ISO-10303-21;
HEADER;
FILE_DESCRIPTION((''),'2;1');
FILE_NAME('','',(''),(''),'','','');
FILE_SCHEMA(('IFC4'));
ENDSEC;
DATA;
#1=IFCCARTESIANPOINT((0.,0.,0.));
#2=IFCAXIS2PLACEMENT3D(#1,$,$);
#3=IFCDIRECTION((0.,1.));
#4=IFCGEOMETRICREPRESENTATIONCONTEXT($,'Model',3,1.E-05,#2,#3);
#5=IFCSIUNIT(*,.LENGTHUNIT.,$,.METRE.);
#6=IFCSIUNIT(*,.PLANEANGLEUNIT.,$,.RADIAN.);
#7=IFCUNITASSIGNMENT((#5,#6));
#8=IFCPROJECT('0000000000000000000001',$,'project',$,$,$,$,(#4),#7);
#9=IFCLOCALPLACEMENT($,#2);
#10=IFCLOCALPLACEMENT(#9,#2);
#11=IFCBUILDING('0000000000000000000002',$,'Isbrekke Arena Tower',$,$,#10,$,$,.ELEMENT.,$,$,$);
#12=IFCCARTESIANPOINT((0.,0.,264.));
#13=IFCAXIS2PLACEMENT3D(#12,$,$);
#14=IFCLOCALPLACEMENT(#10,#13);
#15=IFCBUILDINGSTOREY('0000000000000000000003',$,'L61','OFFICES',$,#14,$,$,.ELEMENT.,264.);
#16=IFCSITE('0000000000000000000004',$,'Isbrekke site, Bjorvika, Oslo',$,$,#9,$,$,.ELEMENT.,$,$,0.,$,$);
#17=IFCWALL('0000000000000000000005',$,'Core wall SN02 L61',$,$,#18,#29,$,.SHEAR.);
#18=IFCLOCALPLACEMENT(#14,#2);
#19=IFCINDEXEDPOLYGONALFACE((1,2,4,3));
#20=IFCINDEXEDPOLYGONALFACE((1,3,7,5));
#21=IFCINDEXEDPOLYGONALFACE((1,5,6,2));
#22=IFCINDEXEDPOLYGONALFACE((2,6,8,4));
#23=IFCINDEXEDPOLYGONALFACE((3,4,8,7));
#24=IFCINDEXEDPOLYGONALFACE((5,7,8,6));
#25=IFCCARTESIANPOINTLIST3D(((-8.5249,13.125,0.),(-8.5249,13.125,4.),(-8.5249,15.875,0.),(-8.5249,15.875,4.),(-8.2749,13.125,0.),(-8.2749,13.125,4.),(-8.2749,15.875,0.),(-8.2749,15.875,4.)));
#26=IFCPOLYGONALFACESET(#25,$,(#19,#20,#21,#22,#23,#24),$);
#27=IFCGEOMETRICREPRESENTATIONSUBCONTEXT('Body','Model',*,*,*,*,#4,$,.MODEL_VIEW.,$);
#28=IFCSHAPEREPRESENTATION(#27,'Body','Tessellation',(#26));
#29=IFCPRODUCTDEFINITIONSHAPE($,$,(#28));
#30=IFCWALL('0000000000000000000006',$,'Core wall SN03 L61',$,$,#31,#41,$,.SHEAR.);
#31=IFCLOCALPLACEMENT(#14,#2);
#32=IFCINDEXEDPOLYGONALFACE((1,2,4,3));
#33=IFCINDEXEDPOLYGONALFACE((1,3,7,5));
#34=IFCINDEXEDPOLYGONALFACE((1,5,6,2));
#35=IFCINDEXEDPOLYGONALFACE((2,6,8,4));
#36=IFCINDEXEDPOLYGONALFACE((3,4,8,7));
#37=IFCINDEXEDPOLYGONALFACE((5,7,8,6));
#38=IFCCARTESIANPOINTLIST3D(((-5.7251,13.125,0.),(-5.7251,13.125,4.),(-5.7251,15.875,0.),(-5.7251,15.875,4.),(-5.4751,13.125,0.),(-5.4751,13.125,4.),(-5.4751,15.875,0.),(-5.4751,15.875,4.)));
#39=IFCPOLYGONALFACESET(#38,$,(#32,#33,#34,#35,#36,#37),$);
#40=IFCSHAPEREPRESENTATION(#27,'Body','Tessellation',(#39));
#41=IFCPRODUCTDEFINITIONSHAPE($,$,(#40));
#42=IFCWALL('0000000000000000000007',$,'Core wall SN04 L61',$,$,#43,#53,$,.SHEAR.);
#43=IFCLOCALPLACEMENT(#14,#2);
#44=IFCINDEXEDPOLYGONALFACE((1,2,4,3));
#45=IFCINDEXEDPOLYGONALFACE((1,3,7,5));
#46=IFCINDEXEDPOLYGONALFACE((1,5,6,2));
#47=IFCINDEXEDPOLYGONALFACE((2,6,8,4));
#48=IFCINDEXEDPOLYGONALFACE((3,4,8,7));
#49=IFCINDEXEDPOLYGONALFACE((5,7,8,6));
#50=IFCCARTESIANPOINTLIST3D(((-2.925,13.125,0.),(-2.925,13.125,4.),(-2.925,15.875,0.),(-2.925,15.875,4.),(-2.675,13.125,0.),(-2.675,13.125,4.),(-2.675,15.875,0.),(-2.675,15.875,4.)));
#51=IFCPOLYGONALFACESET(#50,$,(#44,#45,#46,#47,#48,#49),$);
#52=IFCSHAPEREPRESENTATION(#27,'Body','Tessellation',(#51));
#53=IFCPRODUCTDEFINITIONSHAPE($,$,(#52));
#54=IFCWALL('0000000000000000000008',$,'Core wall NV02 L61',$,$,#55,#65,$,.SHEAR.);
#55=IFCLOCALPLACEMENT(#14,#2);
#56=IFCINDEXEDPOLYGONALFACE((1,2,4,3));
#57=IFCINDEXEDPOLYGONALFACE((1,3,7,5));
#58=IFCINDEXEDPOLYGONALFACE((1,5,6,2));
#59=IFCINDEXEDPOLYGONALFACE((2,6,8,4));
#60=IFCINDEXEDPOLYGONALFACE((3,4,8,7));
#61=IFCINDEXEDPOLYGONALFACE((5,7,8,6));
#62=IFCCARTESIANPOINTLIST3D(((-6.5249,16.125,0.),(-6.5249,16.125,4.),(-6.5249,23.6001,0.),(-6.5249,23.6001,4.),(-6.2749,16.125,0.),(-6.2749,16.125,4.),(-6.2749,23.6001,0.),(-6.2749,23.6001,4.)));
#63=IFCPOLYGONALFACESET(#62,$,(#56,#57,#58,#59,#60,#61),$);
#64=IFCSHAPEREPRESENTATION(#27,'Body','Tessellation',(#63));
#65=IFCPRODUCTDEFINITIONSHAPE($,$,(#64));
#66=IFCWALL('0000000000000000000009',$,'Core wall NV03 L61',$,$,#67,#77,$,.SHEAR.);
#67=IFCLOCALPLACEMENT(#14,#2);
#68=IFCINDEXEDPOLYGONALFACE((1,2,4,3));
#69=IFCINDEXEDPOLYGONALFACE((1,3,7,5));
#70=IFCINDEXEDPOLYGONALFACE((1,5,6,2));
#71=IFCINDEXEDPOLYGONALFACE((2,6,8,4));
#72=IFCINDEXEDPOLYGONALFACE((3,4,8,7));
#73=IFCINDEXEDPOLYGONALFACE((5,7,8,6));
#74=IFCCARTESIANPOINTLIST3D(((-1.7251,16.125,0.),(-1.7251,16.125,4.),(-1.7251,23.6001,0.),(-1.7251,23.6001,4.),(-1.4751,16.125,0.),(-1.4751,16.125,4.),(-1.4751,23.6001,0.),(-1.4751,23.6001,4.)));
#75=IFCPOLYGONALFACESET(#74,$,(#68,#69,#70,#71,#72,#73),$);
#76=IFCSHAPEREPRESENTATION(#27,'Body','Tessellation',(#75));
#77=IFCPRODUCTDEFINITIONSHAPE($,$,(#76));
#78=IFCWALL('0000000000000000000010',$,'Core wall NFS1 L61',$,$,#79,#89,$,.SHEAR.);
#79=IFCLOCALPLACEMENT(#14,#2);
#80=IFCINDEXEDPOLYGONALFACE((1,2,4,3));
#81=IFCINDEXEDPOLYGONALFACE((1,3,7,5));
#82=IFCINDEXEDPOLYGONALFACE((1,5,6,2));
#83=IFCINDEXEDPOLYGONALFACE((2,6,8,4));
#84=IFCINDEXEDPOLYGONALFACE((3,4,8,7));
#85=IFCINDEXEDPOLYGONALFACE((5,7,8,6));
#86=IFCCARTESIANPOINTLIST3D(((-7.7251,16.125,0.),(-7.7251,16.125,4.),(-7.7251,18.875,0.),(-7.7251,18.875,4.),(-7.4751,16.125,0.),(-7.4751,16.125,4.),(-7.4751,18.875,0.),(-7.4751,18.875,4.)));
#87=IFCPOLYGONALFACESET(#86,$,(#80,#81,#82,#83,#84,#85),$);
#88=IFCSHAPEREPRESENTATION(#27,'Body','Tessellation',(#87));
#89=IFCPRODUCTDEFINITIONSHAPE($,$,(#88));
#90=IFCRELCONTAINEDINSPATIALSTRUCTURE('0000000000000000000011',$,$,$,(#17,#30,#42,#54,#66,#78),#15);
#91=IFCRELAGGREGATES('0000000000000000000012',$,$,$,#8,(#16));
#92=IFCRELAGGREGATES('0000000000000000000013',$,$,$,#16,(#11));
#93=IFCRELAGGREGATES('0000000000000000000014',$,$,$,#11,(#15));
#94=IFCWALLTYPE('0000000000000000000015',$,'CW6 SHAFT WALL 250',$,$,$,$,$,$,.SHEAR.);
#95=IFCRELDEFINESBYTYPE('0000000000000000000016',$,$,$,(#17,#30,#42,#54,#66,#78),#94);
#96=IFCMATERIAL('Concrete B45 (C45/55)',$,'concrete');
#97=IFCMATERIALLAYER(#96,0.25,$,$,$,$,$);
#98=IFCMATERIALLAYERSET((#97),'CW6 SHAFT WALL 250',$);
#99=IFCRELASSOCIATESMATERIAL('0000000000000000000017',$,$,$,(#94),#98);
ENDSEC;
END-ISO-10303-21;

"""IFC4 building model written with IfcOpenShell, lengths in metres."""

from ifc_helpers import new_model, si_unit, direction, frame, frame_2d, origin, place, context, subcontext, project, spatial, rectangle, extrude, material, layer, layer_set, type_object, element, save


model = new_model("IFC4")

# Units and contexts
model_context = context("Model", 3, precision=1e-05, world=origin(), true_north=direction((0.0, 1.0)))
body_context = subcontext(model_context, "Body", "Model", "MODEL_VIEW")
ifc_project = project(units=[si_unit("LENGTHUNIT", "METRE"), si_unit("PLANEANGLEUNIT", "RADIAN")], contexts=[model_context])

# Site, building, storey
site_placement = place(None, origin())
site = spatial("IfcSite", under=ifc_project, at=site_placement, Name="Isbrekke site, Bjorvika, Oslo", CompositionType="ELEMENT", RefElevation=0.0)
building_placement = place(site_placement, origin())
building = spatial("IfcBuilding", under=site, at=building_placement, Name="Isbrekke Arena Tower", CompositionType="ELEMENT")
storey_placement = place(building_placement, frame((0.0, 0.0, 264.0)))
storey = spatial("IfcBuildingStorey", under=building, at=storey_placement, Name="L61", Description="OFFICES", CompositionType="ELEMENT", Elevation=264.0)

# Walls
ifc_material = material(Name="Concrete B45 (C45/55)", Category="concrete")
ifc_layer = layer(ifc_material, 0.25)
ifc_layer_set = layer_set([ifc_layer], Name="CW6 SHAFT WALL 250")
wall_type = type_object("IfcWallType", Name="CW6 SHAFT WALL 250", PredefinedType="SHEAR", material=ifc_layer_set)
for number, where, z_axis, x_axis, name in (
    (1, (-8.3999, 13.125, 0.0), (0.0, 0.0, 1.0), (0.0, 1.0, 0.0), "Core wall SN02 L61"),
    (2, (-5.6001, 13.125, 0.0), (0.0, 0.0, 1.0), (0.0, 1.0, 0.0), "Core wall SN03 L61"),
    (3, (-2.8, 13.125, 0.0), (0.0, 0.0, 1.0), (0.0, 1.0, 0.0), "Core wall SN04 L61"),
):
    element("IfcWall", number, at=place(storey_placement, frame(where, z_axis=z_axis, x_axis=x_axis)), inside=storey, type_object=wall_type, Name=name, PredefinedType="SHEAR", context=body_context, shape_type="SweptSolid", body=[
        extrude(rectangle(XDim=2.75, YDim=0.25, at=frame_2d((1.375, 0.0))), origin(), (0.0, 0.0, 1.0), 4.0),
    ])
for number, where, z_axis, x_axis, name in (
    (4, (-6.3999, 16.125, 0.0), (0.0, 0.0, 1.0), (0.0, 1.0, 0.0), "Core wall NV02 L61"),
    (5, (-1.6001, 16.125, 0.0), (0.0, 0.0, 1.0), (0.0, 1.0, 0.0), "Core wall NV03 L61"),
):
    element("IfcWall", number, at=place(storey_placement, frame(where, z_axis=z_axis, x_axis=x_axis)), inside=storey, type_object=wall_type, Name=name, PredefinedType="SHEAR", context=body_context, shape_type="SweptSolid", body=[
        extrude(rectangle(XDim=7.4751, YDim=0.25, at=frame_2d((3.7375, 0.0))), origin(), (0.0, 0.0, 1.0), 4.0),
    ])
wall_placement = place(storey_placement, frame((-7.6001, 16.125, 0.0), z_axis=(0.0, 0.0, 1.0), x_axis=(0.0, 1.0, 0.0)))
element("IfcWall", 6, at=wall_placement, inside=storey, type_object=wall_type, Name="Core wall NFS1 L61", PredefinedType="SHEAR", context=body_context, shape_type="SweptSolid", body=[
    extrude(rectangle(XDim=2.75, YDim=0.25, at=frame_2d((1.375, 0.0))), origin(), (0.0, 0.0, 1.0), 4.0),
])

save(model, "model.ifc")
